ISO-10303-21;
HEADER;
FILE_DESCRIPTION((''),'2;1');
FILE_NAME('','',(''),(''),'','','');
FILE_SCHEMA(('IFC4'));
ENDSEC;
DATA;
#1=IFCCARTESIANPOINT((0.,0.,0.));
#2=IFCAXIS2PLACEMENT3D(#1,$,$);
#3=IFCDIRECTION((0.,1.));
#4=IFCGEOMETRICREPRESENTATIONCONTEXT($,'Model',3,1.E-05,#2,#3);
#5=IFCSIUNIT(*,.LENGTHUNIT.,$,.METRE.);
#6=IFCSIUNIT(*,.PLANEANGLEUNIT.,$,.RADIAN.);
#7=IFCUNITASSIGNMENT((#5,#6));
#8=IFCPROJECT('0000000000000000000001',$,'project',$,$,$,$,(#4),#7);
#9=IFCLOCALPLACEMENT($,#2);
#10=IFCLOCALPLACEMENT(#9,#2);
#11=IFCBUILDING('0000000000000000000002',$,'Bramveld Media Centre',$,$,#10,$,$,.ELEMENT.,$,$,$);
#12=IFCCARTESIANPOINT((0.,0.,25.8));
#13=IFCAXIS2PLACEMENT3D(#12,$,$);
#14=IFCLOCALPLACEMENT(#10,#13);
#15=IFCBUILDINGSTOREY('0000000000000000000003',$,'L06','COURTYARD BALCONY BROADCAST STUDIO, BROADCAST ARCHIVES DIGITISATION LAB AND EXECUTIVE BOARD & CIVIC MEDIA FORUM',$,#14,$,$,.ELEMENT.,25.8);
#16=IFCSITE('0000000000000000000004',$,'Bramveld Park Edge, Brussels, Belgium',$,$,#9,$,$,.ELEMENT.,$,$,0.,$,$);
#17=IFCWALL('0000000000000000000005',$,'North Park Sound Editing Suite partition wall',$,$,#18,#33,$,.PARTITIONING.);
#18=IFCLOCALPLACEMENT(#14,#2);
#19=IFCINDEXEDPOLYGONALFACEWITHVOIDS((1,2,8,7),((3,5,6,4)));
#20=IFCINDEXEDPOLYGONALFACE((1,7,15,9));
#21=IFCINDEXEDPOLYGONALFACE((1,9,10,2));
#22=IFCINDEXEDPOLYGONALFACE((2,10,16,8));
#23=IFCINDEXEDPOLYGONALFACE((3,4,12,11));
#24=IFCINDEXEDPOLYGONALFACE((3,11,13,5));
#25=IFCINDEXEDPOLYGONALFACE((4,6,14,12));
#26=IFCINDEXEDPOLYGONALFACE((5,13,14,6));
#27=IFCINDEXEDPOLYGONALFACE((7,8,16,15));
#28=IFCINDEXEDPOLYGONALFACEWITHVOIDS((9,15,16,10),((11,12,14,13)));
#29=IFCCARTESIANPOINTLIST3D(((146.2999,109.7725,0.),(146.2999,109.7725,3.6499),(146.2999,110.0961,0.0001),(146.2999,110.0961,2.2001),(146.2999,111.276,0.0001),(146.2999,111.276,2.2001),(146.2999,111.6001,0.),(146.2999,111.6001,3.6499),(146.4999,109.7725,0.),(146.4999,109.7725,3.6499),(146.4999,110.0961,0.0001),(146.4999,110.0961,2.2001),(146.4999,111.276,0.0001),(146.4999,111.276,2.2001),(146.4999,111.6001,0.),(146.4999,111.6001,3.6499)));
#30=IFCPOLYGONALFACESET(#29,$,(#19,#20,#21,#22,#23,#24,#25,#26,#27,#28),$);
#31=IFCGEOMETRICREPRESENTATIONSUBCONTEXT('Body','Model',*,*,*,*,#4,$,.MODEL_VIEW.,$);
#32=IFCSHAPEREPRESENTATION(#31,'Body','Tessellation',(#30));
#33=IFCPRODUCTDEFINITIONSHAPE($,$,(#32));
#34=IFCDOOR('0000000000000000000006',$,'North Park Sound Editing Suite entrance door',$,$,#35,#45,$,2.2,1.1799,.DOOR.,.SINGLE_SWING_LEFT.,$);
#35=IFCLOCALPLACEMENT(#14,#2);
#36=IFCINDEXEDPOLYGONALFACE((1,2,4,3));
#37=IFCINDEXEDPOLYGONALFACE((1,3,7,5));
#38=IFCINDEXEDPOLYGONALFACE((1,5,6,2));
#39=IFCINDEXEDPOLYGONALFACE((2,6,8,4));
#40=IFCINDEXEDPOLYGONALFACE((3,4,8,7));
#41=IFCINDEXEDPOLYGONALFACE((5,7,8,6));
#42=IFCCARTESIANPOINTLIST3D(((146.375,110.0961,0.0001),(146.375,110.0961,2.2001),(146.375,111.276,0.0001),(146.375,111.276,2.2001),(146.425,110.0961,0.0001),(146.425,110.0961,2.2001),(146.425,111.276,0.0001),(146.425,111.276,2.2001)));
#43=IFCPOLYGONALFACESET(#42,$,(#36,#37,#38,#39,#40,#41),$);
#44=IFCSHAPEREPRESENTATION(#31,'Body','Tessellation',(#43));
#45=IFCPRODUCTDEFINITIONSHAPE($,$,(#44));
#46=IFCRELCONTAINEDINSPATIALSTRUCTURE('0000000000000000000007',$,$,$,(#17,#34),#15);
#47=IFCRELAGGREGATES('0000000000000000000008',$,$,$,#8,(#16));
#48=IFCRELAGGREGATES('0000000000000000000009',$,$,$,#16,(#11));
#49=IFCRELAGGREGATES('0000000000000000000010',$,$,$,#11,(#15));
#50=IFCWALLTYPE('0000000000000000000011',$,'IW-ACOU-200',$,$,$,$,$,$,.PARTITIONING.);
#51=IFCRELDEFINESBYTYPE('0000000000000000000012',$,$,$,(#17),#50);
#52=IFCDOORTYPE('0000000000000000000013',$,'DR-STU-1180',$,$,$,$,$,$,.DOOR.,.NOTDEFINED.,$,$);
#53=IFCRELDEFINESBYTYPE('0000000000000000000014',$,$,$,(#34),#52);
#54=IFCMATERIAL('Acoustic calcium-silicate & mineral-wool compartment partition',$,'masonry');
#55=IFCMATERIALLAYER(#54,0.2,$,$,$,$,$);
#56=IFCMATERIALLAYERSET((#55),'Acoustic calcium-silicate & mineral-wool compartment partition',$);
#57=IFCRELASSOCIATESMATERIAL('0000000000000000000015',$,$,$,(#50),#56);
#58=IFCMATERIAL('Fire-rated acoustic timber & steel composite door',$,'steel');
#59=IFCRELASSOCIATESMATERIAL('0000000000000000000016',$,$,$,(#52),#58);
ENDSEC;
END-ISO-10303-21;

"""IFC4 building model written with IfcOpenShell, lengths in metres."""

from ifc_helpers import new_model, si_unit, direction, frame, frame_2d, origin, place, context, subcontext, project, spatial, rectangle, extrude, material, layer, layer_set, type_object, element, fill, save


model = new_model("IFC4")

# Units and contexts
model_context = context("Model", 3, precision=1e-05, world=origin(), true_north=direction((0.0, 1.0)))
body_context = subcontext(model_context, "Body", "Model", "MODEL_VIEW")
ifc_project = project(units=[si_unit("LENGTHUNIT", "METRE"), si_unit("PLANEANGLEUNIT", "RADIAN")], contexts=[model_context])

# Site, building, storey
site_placement = place(None, origin())
site = spatial("IfcSite", under=ifc_project, at=site_placement, Name="Bramveld Park Edge, Brussels, Belgium", CompositionType="ELEMENT", RefElevation=0.0)
building_placement = place(site_placement, origin())
building = spatial("IfcBuilding", under=site, at=building_placement, Name="Bramveld Media Centre", CompositionType="ELEMENT")
storey_placement = place(building_placement, frame((0.0, 0.0, 25.8)))
storey = spatial("IfcBuildingStorey", under=building, at=storey_placement, Name="L06", Description="COURTYARD BALCONY BROADCAST STUDIO, BROADCAST ARCHIVES DIGITISATION LAB AND EXECUTIVE BOARD & CIVIC MEDIA FORUM", CompositionType="ELEMENT", Elevation=25.8)

# Shared definitions
ifc_material_1 = material(Name="Acoustic calcium-silicate & mineral-wool compartment partition", Category="masonry")
ifc_layer_1 = layer(ifc_material_1, 0.2)
ifc_layer_set_1 = layer_set([ifc_layer_1], Name="Acoustic calcium-silicate & mineral-wool compartment partition")
wall_type_1 = type_object("IfcWallType", Name="IW-ACOU-200", PredefinedType="PARTITIONING", material=ifc_layer_set_1)

# Wall, opening, door
wall_1_placement = place(storey_placement, frame((146.3999, 109.7725, 0.0), z_axis=(0.0, 0.0, 1.0), x_axis=(0.0, 1.0, 0.0)))
wall_1 = element("IfcWall", 1, at=wall_1_placement, inside=storey, type_object=wall_type_1, Name="North Park Sound Editing Suite partition wall", PredefinedType="PARTITIONING", context=body_context, shape_type="SweptSolid", body=[
    extrude(rectangle(XDim=1.8276, YDim=0.2, at=frame_2d((0.9138, 0.0))), origin(), (0.0, 0.0, 1.0), 3.6499),
])
opening_1_placement = place(wall_1_placement, frame((0.3237, 0.0, 0.0)))
opening_1 = element("IfcOpeningElement", 2, at=opening_1_placement, cuts=wall_1, PredefinedType="OPENING", context=body_context, shape_type="SweptSolid", body=[
    extrude(rectangle(XDim=1.1799, YDim=2.2, at=frame_2d((0.5898, 1.1001))), frame((0.0, 0.1118, 0.0), z_axis=(0.0, -1.0, 0.0), x_axis=(1.0, 0.0, 0.0)), (0.0, 0.0, 1.0), 0.2239),
])
ifc_material_2 = material(Name="Fire-rated acoustic timber & steel composite door", Category="steel")
door_type_1 = type_object("IfcDoorType", Name="DR-STU-1180", OperationType="NOTDEFINED", PredefinedType="DOOR", material=ifc_material_2)
door_1_placement = place(opening_1_placement, origin())
door_1 = element("IfcDoor", 3, at=door_1_placement, inside=storey, type_object=door_type_1, Name="North Park Sound Editing Suite entrance door", OperationType="SINGLE_SWING_LEFT", OverallHeight=2.2, OverallWidth=1.1799, PredefinedType="DOOR", context=body_context, shape_type="SweptSolid", body=[
    extrude(rectangle(XDim=1.1799, YDim=2.2, at=frame_2d((0.5898, 1.1001))), frame((0.0, 0.0249, 0.0), z_axis=(0.0, -1.0, 0.0), x_axis=(1.0, 0.0, 0.0)), (0.0, 0.0, 1.0), 0.05),
])
fill(opening_1, door_1)

save(model, "model.ifc")
